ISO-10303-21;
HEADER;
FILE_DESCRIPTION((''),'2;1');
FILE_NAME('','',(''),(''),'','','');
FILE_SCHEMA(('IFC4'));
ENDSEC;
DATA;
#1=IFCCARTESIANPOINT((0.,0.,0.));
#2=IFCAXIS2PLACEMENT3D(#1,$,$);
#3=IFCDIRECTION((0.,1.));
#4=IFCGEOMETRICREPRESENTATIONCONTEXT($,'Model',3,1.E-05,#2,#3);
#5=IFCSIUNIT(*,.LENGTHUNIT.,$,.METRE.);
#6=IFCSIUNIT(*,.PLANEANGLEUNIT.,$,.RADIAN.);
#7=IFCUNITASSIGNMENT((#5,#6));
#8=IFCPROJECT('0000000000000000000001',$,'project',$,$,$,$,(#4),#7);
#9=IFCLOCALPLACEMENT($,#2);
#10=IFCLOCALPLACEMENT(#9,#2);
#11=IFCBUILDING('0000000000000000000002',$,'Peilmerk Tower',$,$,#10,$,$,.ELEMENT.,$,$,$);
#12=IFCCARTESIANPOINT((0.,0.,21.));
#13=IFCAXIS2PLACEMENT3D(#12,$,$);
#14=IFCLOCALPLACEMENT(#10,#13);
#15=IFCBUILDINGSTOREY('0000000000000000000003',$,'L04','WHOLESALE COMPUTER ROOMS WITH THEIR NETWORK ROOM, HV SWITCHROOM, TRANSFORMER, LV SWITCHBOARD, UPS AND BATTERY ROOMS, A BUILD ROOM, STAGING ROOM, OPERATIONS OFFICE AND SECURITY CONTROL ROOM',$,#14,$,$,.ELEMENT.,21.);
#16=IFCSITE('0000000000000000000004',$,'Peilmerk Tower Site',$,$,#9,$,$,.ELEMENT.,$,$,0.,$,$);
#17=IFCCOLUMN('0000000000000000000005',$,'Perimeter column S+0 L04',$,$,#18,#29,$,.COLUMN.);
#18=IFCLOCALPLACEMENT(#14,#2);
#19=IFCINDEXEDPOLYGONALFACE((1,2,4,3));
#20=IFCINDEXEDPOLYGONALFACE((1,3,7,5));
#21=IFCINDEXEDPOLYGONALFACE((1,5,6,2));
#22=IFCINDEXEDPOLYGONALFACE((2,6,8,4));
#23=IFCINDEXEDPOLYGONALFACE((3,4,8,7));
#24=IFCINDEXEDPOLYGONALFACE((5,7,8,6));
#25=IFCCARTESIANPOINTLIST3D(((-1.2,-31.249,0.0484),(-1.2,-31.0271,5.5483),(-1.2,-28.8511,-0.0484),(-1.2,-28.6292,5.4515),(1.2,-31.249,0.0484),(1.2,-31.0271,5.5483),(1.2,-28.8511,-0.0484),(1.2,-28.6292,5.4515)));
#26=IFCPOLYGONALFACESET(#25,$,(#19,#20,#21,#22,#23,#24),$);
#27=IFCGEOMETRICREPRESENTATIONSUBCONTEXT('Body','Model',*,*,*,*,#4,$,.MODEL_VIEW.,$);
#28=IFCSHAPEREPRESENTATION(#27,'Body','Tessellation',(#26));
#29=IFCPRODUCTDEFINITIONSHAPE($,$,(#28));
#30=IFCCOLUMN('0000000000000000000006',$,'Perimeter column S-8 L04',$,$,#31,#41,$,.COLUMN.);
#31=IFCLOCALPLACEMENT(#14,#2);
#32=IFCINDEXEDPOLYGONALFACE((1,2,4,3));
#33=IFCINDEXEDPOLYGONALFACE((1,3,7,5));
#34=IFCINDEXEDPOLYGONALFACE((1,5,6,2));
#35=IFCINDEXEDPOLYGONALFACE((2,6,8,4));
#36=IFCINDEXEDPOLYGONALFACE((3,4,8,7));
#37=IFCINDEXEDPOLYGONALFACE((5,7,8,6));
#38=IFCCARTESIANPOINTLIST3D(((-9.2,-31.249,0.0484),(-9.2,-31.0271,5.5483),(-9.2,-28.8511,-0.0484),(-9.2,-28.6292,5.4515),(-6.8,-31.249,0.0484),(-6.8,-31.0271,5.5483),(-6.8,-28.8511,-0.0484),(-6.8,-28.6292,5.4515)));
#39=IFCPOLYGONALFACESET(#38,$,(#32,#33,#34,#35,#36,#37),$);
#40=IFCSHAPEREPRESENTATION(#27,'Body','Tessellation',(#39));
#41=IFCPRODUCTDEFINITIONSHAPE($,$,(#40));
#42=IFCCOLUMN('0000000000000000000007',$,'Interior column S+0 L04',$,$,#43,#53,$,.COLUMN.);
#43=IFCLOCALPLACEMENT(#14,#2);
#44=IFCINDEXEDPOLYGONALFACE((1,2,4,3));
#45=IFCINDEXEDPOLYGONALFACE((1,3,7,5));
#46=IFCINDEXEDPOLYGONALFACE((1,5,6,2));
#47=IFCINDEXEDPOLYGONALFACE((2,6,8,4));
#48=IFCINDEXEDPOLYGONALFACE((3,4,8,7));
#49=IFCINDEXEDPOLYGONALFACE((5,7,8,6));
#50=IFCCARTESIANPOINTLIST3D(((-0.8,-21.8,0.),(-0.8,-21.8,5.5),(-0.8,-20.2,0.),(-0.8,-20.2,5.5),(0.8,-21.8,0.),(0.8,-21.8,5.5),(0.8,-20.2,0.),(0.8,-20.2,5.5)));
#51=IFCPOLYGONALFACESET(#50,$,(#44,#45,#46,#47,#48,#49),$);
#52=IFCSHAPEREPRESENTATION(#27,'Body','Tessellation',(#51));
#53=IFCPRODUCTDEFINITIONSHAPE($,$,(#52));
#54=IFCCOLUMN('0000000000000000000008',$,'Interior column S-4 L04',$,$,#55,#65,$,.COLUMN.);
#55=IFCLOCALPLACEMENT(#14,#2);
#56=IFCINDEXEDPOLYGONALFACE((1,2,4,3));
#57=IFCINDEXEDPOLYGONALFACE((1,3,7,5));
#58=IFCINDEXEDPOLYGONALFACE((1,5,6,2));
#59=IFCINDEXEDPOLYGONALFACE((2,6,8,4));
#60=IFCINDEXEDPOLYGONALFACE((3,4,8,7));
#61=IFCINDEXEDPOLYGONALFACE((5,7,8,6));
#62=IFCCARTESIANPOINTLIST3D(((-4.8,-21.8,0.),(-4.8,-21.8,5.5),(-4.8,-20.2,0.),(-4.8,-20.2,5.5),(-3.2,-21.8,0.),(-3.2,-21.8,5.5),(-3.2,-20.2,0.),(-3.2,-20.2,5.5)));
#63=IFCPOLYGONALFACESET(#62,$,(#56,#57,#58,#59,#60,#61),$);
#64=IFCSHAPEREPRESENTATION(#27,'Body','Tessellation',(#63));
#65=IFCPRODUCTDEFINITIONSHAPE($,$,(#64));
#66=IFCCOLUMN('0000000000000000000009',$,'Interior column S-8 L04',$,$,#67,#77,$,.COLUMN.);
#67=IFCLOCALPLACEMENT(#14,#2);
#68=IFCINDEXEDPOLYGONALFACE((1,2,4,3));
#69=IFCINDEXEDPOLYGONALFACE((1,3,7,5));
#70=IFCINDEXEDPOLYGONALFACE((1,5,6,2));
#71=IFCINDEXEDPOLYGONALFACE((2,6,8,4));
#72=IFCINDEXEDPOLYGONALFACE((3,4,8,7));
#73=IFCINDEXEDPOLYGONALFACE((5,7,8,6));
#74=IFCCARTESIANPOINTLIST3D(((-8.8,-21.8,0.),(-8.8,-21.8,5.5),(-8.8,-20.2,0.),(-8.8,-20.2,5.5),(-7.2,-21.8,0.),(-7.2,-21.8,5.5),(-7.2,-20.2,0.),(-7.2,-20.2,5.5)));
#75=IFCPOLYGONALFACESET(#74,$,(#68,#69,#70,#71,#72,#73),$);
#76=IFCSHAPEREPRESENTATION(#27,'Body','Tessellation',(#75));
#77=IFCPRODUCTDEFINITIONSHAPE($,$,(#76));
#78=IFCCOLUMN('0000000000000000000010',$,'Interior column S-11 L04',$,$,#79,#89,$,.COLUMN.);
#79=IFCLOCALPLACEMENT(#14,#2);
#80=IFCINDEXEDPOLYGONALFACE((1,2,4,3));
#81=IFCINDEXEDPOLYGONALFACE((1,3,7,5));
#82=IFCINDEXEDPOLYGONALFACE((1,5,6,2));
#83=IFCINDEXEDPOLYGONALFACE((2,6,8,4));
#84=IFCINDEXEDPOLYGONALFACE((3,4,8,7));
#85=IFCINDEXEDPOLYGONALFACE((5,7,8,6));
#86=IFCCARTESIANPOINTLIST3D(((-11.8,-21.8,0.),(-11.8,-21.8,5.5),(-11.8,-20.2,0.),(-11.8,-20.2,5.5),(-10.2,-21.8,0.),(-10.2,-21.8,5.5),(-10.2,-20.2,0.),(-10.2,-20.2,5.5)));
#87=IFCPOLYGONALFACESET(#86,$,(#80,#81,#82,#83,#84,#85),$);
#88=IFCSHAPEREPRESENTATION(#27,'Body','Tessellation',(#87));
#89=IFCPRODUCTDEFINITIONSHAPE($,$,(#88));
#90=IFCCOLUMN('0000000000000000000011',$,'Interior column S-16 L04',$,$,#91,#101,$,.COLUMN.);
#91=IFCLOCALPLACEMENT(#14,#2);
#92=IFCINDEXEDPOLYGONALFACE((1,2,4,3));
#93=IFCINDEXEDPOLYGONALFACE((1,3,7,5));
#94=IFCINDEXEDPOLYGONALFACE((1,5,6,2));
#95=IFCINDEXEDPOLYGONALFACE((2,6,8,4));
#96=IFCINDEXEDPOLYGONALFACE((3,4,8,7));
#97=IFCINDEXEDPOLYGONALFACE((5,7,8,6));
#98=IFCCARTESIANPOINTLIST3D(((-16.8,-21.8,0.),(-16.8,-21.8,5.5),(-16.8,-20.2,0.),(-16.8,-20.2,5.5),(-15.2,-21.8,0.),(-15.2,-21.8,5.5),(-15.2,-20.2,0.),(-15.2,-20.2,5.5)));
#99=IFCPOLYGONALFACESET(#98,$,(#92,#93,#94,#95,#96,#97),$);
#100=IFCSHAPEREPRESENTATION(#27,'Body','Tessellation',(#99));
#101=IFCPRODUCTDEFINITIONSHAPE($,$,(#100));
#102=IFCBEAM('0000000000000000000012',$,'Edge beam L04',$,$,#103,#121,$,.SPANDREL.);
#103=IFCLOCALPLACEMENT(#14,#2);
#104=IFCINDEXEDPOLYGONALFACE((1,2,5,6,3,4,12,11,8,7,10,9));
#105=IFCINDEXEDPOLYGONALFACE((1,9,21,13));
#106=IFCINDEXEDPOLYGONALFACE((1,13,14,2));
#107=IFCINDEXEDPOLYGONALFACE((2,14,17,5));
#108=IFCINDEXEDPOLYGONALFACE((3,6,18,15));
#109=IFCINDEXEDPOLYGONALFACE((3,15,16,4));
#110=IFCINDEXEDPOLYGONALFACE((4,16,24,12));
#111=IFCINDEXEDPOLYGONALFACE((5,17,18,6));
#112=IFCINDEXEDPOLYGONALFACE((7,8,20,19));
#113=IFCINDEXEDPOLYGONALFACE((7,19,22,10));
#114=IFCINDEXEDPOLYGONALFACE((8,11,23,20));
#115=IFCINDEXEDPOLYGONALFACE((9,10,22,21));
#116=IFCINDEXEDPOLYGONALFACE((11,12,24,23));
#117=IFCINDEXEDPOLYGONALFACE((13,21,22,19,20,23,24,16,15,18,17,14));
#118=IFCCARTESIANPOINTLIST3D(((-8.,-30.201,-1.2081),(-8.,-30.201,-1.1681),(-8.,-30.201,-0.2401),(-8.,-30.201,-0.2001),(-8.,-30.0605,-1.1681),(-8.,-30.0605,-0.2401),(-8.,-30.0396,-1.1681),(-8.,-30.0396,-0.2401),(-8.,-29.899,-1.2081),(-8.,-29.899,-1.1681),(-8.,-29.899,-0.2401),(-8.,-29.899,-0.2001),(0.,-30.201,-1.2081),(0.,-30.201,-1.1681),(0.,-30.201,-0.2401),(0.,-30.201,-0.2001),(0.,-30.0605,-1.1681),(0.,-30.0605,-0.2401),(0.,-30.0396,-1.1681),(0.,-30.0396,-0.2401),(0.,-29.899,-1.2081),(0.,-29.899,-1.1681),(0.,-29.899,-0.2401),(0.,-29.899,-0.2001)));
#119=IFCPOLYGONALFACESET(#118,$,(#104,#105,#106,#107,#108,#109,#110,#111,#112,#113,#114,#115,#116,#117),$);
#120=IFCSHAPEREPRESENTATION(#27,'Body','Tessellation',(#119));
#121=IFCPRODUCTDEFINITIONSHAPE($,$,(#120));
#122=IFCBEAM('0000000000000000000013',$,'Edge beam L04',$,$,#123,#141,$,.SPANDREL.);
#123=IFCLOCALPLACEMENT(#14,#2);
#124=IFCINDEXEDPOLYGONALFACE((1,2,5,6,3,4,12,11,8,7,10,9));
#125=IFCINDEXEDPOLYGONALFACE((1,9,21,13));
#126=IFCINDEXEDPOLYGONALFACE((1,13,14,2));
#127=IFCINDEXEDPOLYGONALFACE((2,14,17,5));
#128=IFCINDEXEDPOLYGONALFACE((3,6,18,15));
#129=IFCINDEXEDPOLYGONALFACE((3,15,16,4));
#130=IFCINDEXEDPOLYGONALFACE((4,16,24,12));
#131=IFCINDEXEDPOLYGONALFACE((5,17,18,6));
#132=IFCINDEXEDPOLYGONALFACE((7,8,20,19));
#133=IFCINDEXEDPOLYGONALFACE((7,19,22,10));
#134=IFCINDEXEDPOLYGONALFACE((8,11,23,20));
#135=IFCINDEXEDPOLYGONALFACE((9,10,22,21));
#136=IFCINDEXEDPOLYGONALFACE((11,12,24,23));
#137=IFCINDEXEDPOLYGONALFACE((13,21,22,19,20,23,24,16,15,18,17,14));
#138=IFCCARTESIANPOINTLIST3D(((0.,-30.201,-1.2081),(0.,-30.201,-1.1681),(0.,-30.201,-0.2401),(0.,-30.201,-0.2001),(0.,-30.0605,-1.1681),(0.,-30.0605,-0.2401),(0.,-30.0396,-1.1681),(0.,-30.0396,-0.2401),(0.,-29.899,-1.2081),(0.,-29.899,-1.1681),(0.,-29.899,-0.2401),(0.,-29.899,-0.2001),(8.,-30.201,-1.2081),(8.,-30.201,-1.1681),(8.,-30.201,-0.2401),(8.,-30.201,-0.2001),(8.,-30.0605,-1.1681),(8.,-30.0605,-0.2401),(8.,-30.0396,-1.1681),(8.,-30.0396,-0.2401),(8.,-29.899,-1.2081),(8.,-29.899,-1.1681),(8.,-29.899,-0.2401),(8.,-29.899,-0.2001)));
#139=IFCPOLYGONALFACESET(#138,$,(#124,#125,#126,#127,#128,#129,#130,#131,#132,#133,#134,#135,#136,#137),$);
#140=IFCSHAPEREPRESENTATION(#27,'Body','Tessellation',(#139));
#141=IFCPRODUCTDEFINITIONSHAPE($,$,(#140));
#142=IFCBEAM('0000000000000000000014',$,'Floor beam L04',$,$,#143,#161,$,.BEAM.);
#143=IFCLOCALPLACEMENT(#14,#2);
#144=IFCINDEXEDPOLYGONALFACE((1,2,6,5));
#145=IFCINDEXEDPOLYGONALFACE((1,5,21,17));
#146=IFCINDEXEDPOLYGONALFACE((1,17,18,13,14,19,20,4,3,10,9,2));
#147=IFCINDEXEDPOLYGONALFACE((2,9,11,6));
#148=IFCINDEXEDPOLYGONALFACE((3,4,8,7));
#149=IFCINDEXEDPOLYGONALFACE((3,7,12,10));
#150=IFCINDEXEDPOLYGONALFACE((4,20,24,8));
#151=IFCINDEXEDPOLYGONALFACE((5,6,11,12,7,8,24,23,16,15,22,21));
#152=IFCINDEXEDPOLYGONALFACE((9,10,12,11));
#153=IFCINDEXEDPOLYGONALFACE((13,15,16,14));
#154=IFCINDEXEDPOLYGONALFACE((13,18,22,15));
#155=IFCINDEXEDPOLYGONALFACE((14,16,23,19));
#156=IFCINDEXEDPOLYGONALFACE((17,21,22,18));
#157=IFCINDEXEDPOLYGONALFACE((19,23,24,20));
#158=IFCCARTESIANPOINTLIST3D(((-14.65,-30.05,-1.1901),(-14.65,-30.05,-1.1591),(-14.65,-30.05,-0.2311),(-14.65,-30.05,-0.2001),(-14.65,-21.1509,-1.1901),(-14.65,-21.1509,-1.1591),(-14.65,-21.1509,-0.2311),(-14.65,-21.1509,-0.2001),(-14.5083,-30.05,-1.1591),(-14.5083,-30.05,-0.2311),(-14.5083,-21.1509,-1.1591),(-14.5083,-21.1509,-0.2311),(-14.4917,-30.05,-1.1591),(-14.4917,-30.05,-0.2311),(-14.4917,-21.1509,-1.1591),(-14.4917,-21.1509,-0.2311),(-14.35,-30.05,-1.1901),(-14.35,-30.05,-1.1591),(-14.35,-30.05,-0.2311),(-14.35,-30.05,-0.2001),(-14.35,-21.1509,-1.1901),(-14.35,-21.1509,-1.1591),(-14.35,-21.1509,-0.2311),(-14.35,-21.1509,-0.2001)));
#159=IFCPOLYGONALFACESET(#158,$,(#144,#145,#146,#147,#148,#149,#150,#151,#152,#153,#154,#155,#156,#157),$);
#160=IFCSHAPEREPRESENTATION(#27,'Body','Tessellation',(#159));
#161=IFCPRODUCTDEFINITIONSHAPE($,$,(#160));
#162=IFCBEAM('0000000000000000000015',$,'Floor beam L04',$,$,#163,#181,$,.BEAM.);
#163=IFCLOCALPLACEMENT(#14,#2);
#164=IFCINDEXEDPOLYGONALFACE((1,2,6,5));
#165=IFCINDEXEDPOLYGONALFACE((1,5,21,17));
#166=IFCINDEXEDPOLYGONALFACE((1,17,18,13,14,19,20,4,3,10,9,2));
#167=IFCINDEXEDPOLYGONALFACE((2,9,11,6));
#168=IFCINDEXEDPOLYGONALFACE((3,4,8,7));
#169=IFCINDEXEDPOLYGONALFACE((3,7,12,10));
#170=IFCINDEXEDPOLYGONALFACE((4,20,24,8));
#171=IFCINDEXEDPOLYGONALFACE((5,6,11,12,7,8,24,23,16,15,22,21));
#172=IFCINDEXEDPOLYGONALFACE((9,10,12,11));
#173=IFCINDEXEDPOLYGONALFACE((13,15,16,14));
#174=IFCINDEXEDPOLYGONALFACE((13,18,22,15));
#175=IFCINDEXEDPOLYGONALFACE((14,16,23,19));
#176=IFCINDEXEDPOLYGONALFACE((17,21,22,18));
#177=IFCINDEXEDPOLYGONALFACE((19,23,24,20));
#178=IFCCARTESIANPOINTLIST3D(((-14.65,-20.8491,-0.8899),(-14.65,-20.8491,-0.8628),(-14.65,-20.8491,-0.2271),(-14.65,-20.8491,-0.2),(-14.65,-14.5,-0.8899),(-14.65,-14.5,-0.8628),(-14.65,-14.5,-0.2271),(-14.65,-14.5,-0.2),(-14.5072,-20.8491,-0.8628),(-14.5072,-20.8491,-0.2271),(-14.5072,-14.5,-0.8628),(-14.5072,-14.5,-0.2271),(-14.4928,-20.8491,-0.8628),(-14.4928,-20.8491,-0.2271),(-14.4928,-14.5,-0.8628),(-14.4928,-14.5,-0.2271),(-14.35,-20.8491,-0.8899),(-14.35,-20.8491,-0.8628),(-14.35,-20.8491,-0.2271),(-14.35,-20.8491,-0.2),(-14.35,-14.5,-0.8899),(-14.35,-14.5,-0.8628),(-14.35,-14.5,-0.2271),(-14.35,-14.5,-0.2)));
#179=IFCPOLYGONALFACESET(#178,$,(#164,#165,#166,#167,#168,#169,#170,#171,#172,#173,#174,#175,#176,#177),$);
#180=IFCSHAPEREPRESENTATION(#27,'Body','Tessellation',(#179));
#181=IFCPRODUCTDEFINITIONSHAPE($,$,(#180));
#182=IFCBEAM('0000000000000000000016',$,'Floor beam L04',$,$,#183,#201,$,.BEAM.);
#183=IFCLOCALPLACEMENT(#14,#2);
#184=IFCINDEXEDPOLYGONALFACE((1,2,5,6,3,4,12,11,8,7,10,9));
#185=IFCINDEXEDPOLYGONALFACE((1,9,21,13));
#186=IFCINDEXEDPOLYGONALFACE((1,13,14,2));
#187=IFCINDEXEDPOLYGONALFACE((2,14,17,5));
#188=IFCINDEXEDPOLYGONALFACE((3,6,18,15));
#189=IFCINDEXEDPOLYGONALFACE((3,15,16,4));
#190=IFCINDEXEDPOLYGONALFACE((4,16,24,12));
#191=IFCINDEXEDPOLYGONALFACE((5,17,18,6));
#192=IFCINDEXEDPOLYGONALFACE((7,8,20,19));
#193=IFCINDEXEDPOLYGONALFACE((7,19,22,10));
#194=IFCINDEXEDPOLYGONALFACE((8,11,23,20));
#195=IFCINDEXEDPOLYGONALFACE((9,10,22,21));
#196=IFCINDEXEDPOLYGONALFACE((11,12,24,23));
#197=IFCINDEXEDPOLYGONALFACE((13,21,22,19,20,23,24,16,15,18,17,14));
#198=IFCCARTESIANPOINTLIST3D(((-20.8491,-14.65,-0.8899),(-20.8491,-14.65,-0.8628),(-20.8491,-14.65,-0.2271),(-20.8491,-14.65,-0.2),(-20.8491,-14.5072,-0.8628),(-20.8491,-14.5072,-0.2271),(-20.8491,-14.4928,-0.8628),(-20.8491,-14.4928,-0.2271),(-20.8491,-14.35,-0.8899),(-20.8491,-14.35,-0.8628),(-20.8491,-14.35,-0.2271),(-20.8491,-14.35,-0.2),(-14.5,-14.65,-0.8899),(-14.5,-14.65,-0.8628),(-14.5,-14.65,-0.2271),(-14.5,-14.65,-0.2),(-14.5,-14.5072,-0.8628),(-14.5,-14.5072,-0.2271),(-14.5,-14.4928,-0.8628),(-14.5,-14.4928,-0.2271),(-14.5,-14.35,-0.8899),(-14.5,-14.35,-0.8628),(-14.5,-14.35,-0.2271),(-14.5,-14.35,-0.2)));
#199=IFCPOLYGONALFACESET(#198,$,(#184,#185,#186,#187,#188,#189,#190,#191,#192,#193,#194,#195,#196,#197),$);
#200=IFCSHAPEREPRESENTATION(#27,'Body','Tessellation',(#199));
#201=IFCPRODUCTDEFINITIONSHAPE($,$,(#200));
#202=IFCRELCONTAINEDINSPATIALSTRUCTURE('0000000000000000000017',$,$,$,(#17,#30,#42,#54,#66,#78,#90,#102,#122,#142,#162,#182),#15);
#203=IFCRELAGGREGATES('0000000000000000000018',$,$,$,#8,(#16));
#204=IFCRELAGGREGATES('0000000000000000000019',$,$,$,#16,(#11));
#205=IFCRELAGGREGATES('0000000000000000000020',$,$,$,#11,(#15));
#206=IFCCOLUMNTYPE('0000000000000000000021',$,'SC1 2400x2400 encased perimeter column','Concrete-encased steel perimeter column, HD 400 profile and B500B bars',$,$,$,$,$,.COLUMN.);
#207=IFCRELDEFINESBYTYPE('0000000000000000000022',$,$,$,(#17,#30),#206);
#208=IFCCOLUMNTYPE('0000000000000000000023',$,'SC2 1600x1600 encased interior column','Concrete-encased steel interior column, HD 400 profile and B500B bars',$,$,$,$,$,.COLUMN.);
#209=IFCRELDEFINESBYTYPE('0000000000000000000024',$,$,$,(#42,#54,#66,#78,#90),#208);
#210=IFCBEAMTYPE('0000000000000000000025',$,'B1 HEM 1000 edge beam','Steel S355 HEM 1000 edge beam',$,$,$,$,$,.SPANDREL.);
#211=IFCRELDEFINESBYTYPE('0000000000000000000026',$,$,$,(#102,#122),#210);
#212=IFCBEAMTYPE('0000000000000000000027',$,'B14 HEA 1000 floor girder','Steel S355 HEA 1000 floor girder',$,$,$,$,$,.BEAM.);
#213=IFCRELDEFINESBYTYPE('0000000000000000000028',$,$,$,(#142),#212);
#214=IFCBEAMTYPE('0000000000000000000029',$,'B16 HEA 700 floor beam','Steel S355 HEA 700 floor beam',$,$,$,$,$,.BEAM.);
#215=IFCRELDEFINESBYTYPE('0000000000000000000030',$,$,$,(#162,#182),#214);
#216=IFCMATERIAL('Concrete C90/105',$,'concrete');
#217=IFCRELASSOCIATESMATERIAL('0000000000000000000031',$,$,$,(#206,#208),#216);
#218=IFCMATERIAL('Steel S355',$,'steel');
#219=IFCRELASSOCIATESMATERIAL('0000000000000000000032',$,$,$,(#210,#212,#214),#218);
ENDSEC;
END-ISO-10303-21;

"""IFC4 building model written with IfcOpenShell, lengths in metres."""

from ifc_helpers import new_model, si_unit, direction, frame, origin, origin_2d, place, context, subcontext, project, spatial, rectangle, i_section, extrude, material, material_profile, profile_set, type_object, element, save


model = new_model("IFC4")

# Units and contexts
model_context = context("Model", 3, precision=1e-05, world=origin(), true_north=direction((0.0, 1.0)))
body_context = subcontext(model_context, "Body", "Model", "MODEL_VIEW")
ifc_project = project(units=[si_unit("LENGTHUNIT", "METRE"), si_unit("PLANEANGLEUNIT", "RADIAN")], contexts=[model_context])

# Site, building, storey
site_placement = place(None, origin())
site = spatial("IfcSite", under=ifc_project, at=site_placement, Name="Peilmerk Tower Site", CompositionType="ELEMENT", RefElevation=0.0)
building_placement = place(site_placement, origin())
building = spatial("IfcBuilding", under=site, at=building_placement, Name="Peilmerk Tower", CompositionType="ELEMENT")
storey_placement = place(building_placement, frame((0.0, 0.0, 21.0)))
storey = spatial("IfcBuildingStorey", under=building, at=storey_placement, Name="L04", Description="WHOLESALE COMPUTER ROOMS WITH THEIR NETWORK ROOM, HV SWITCHROOM, TRANSFORMER, LV SWITCHBOARD, UPS AND BATTERY ROOMS, A BUILD ROOM, STAGING ROOM, OPERATIONS OFFICE AND SECURITY CONTROL ROOM", CompositionType="ELEMENT", Elevation=21.0)

# Columns
ifc_material_1 = material(Name="Concrete C90/105", Category="concrete")
ifc_material_profile_1 = material_profile(ifc_material_1, rectangle(XDim=2.3999, YDim=2.3999, at=origin_2d()), Name="RC 2400x2400")
ifc_profile_set_1 = profile_set([ifc_material_profile_1], Name="Concrete C90/105")
column_type_1 = type_object("IfcColumnType", Name="SC1 2400x2400 encased perimeter column", Description="Concrete-encased steel perimeter column, HD 400 profile and B500B bars", PredefinedType="COLUMN", material=ifc_profile_set_1)
for number, where, z_axis, x_axis, name in (
    (1, (0.0, -30.05, 0.0), (0.0, 0.040317, 0.999187), (-1.0, 0.0, 0.0), "Perimeter column S+0 L04"),
    (2, (-8.0, -30.05, 0.0), (0.0, 0.040317, 0.999187), (-1.0, 0.0, 0.0), "Perimeter column S-8 L04"),
):
    element("IfcColumn", number, at=place(storey_placement, frame(where, z_axis=z_axis, x_axis=x_axis)), inside=storey, type_object=column_type_1, Name=name, PredefinedType="COLUMN", context=body_context, shape_type="SweptSolid", body=[
        extrude(rectangle(XDim=2.3999, YDim=2.3999, at=origin_2d()), origin(), (0.0, 0.0, 1.0), 5.5044),
    ])
ifc_material_profile_2 = material_profile(ifc_material_1, rectangle(XDim=1.6001, YDim=1.6001, at=origin_2d()), Name="RC 1600x1600")
ifc_profile_set_2 = profile_set([ifc_material_profile_2], Name="Concrete C90/105")
column_type_2 = type_object("IfcColumnType", Name="SC2 1600x1600 encased interior column", Description="Concrete-encased steel interior column, HD 400 profile and B500B bars", PredefinedType="COLUMN", material=ifc_profile_set_2)
for number, where, z_axis, x_axis, name in (
    (3, (0.0, -21.0, 0.0), (0.0, 0.0, 1.0), (1.0, 0.0, 0.0), "Interior column S+0 L04"),
    (4, (-4.0, -21.0, 0.0), (0.0, 0.0, 1.0), (1.0, 0.0, 0.0), "Interior column S-4 L04"),
    (5, (-8.0, -21.0, 0.0), (0.0, 0.0, 1.0), (1.0, 0.0, 0.0), "Interior column S-8 L04"),
    (6, (-11.0, -21.0, 0.0), (0.0, 0.0, 1.0), (1.0, 0.0, 0.0), "Interior column S-11 L04"),
    (7, (-16.0, -21.0, 0.0), (0.0, 0.0, 1.0), (1.0, 0.0, 0.0), "Interior column S-16 L04"),
):
    element("IfcColumn", number, at=place(storey_placement, frame(where, z_axis=z_axis, x_axis=x_axis)), inside=storey, type_object=column_type_2, Name=name, PredefinedType="COLUMN", context=body_context, shape_type="SweptSolid", body=[
        extrude(rectangle(XDim=1.6001, YDim=1.6001, at=origin_2d()), origin(), (0.0, 0.0, 1.0), 5.5),
    ])

# Beams
ifc_material_2 = material(Name="Steel S355", Category="steel")
ifc_material_profile_3 = material_profile(ifc_material_2, i_section(OverallWidth=0.302, OverallDepth=1.0081, WebThickness=0.021, FlangeThickness=0.04, at=origin_2d()), Name="HEM 1000")
ifc_profile_set_3 = profile_set([ifc_material_profile_3], Name="Steel S355")
beam_type_1 = type_object("IfcBeamType", Name="B1 HEM 1000 edge beam", Description="Steel S355 HEM 1000 edge beam", PredefinedType="SPANDREL", material=ifc_profile_set_3)
for number, where, z_axis, x_axis, name in (
    (8, (-8.0, -30.05, -0.7041), (1.0, 0.0, 0.0), (0.0, 1.0, 0.0), "Edge beam L04"),
    (9, (0.0, -30.05, -0.7041), (1.0, 0.0, 0.0), (0.0, 1.0, 0.0), "Edge beam L04"),
):
    element("IfcBeam", number, at=place(storey_placement, frame(where, z_axis=z_axis, x_axis=x_axis)), inside=storey, type_object=beam_type_1, Name=name, PredefinedType="SPANDREL", context=body_context, shape_type="SweptSolid", body=[
        extrude(i_section(OverallWidth=0.302, OverallDepth=1.0081, WebThickness=0.021, FlangeThickness=0.04, at=origin_2d()), origin(), (0.0, 0.0, 1.0), 8.0),
    ])
ifc_material_profile_4 = material_profile(ifc_material_2, i_section(OverallWidth=0.3, OverallDepth=0.99, WebThickness=0.0166, FlangeThickness=0.031, at=origin_2d()), Name="HEA 1000")
ifc_profile_set_4 = profile_set([ifc_material_profile_4], Name="Steel S355")
beam_type_2 = type_object("IfcBeamType", Name="B14 HEA 1000 floor girder", Description="Steel S355 HEA 1000 floor girder", PredefinedType="BEAM", material=ifc_profile_set_4)
beam_1_placement = place(storey_placement, frame((-14.5, -21.1509, -0.6951), z_axis=(0.0, -1.0, 0.0), x_axis=(1.0, 0.0, 0.0)))
element("IfcBeam", 10, at=beam_1_placement, inside=storey, type_object=beam_type_2, Name="Floor beam L04", PredefinedType="BEAM", context=body_context, shape_type="SweptSolid", body=[
    extrude(i_section(OverallWidth=0.3, OverallDepth=0.99, WebThickness=0.0166, FlangeThickness=0.031, at=origin_2d()), origin(), (0.0, 0.0, 1.0), 8.8992),
])
ifc_material_profile_5 = material_profile(ifc_material_2, i_section(OverallWidth=0.3, OverallDepth=0.6899, WebThickness=0.0144, FlangeThickness=0.0271, at=origin_2d()), Name="HEA 700")
ifc_profile_set_5 = profile_set([ifc_material_profile_5], Name="Steel S355")
beam_type_3 = type_object("IfcBeamType", Name="B16 HEA 700 floor beam", Description="Steel S355 HEA 700 floor beam", PredefinedType="BEAM", material=ifc_profile_set_5)
for number, where, z_axis, x_axis, name in (
    (11, (-14.5, -14.5, -0.5449), (0.0, -1.0, 0.0), (1.0, 0.0, 0.0), "Floor beam L04"),
    (12, (-14.5, -14.5, -0.5449), (-1.0, 0.0, 0.0), (0.0, -1.0, 0.0), "Floor beam L04"),
):
    element("IfcBeam", number, at=place(storey_placement, frame(where, z_axis=z_axis, x_axis=x_axis)), inside=storey, type_object=beam_type_3, Name=name, PredefinedType="BEAM", context=body_context, shape_type="SweptSolid", body=[
        extrude(i_section(OverallWidth=0.3, OverallDepth=0.6899, WebThickness=0.0144, FlangeThickness=0.0271, at=origin_2d()), origin(), (0.0, 0.0, 1.0), 6.3491),
    ])

save(model, "model.ifc")
